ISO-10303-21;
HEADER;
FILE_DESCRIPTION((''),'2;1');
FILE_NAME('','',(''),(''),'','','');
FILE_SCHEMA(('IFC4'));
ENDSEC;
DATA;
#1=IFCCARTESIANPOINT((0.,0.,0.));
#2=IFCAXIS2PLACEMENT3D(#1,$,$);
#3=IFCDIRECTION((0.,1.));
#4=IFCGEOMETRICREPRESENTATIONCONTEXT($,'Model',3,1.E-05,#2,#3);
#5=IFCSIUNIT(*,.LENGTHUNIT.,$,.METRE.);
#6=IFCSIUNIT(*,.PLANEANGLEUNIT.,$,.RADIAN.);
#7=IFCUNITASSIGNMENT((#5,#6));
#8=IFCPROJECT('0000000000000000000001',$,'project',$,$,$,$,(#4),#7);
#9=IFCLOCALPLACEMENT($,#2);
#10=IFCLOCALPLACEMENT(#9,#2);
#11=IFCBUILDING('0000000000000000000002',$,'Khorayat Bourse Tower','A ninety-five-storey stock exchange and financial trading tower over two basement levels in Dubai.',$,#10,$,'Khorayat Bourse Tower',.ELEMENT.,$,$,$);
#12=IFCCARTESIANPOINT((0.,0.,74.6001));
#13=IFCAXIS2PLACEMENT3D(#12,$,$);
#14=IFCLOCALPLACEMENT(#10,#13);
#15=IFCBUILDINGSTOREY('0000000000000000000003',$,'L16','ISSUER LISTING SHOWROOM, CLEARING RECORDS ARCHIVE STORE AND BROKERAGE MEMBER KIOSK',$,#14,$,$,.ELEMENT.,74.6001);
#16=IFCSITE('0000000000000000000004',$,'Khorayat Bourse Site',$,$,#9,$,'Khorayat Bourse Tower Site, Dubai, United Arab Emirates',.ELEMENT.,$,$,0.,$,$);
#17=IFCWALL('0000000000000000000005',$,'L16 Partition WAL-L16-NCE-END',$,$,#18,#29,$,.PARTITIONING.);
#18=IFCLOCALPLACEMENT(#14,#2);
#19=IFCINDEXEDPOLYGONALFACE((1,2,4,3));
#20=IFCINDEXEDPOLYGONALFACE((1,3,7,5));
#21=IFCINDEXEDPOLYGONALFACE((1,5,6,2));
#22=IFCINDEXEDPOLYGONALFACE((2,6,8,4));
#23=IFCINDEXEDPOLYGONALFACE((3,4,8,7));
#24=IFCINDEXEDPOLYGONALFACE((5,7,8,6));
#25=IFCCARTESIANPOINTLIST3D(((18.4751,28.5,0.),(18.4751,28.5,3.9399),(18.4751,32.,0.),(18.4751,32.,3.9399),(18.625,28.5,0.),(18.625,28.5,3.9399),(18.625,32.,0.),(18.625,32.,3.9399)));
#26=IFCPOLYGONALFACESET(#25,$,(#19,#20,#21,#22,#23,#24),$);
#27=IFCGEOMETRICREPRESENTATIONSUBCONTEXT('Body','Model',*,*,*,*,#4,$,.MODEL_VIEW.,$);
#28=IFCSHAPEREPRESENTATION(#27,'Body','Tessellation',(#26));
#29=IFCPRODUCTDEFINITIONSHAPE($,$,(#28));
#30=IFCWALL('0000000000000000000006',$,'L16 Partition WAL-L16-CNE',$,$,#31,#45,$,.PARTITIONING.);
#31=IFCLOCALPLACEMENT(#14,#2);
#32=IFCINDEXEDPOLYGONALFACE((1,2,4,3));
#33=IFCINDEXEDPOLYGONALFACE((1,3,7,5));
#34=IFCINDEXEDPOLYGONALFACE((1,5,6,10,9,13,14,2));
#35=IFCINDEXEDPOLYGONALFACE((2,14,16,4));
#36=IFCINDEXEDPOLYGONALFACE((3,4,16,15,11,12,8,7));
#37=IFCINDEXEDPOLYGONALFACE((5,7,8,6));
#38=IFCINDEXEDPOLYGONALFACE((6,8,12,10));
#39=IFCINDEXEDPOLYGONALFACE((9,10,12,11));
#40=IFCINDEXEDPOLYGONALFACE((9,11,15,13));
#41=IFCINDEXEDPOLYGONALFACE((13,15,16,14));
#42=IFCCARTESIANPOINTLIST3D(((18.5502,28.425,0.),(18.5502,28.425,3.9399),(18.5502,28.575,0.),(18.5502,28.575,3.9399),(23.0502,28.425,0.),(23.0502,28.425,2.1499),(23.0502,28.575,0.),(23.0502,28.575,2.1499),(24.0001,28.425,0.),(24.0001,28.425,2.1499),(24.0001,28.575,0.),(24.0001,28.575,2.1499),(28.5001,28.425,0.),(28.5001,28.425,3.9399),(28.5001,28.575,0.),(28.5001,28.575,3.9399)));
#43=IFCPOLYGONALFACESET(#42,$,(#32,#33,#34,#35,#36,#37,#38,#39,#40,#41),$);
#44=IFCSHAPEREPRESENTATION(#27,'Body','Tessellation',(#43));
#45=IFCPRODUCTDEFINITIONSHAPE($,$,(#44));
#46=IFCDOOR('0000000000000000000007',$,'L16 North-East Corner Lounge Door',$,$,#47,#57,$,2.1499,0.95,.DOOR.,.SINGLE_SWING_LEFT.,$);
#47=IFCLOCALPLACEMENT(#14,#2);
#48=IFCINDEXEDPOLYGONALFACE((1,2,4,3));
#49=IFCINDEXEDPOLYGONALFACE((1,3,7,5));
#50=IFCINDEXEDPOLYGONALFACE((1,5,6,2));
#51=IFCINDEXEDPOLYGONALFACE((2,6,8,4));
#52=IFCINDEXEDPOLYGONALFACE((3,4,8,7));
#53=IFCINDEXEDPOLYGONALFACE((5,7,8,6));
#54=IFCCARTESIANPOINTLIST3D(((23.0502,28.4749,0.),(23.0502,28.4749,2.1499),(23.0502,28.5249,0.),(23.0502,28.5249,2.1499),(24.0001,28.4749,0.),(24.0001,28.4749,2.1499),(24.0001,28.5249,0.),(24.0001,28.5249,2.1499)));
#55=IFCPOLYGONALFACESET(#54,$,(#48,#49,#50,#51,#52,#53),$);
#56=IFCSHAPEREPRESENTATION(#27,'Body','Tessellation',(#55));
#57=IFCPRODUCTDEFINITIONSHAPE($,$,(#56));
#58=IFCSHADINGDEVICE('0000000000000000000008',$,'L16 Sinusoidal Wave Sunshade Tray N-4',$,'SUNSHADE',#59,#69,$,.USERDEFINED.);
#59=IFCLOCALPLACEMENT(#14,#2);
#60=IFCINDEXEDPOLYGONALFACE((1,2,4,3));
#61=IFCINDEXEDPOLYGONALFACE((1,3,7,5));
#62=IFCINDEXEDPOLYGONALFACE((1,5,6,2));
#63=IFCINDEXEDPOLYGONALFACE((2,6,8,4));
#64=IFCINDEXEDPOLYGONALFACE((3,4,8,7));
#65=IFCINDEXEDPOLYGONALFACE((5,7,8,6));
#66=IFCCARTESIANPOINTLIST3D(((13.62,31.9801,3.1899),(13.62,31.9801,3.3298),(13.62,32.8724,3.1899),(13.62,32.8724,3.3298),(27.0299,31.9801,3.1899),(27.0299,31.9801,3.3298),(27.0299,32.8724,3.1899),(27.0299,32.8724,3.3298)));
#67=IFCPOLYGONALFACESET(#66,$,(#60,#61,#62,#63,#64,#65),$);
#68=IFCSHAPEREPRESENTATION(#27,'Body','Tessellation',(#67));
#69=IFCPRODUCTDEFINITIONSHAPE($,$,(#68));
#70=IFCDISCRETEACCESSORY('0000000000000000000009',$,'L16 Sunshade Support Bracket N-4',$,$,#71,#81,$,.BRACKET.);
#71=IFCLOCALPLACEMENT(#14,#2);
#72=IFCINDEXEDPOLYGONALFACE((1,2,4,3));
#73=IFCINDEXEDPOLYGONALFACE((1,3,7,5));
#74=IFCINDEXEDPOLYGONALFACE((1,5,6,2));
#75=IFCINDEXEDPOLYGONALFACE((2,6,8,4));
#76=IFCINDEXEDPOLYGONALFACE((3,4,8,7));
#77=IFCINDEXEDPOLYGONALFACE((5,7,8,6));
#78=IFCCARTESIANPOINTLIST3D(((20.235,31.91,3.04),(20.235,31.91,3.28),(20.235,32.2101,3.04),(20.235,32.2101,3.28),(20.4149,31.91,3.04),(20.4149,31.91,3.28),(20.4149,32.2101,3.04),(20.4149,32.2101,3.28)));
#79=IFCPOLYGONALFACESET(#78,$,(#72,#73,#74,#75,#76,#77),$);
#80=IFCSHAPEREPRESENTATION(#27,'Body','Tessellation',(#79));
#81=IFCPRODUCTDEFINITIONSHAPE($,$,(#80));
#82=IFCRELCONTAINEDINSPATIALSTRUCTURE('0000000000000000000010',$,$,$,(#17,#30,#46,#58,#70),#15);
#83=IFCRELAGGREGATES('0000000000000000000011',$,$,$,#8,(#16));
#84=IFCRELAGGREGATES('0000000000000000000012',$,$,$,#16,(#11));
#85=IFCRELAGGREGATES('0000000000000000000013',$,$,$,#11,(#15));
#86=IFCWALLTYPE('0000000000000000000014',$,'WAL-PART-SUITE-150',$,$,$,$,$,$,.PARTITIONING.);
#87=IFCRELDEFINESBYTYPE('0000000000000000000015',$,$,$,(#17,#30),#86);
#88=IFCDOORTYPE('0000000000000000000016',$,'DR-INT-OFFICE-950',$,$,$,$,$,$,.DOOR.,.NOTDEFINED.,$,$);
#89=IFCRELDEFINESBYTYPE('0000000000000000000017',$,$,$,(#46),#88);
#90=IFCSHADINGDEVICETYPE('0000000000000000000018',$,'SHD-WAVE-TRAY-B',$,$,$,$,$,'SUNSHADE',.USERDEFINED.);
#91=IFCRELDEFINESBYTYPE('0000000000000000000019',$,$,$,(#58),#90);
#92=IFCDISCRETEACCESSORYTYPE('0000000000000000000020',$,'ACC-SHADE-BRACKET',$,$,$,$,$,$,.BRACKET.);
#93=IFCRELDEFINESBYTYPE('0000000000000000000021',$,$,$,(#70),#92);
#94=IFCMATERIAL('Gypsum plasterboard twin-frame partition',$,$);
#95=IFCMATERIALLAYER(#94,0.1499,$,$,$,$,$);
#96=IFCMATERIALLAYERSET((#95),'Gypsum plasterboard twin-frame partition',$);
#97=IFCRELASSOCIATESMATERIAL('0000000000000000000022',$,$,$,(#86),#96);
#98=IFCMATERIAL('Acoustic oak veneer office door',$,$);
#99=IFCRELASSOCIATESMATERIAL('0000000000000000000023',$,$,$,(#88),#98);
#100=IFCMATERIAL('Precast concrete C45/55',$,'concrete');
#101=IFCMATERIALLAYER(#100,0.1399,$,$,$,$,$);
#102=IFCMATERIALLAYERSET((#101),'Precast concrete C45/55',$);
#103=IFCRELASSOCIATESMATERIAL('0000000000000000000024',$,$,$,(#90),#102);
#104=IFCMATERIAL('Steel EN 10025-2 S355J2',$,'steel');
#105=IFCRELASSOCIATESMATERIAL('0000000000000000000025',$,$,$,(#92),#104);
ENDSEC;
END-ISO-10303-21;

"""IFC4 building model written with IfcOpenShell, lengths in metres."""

from ifc_helpers import new_model, si_unit, direction, frame, frame_2d, origin, origin_2d, place, context, subcontext, project, spatial, rectangle, extrude, source, transform, mapped, material, layer, layer_set, type_object, element, fill, save


model = new_model("IFC4")

# Units and contexts
model_context = context("Model", 3, precision=1e-05, world=origin(), true_north=direction((0.0, 1.0)))
body_context = subcontext(model_context, "Body", "Model", "MODEL_VIEW")
ifc_project = project(units=[si_unit("LENGTHUNIT", "METRE"), si_unit("PLANEANGLEUNIT", "RADIAN")], contexts=[model_context])

# Site, building, storey
site_placement = place(None, origin())
site = spatial("IfcSite", under=ifc_project, at=site_placement, Name="Khorayat Bourse Site", LongName="Khorayat Bourse Tower Site, Dubai, United Arab Emirates", CompositionType="ELEMENT", RefElevation=0.0)
building_placement = place(site_placement, origin())
building = spatial("IfcBuilding", under=site, at=building_placement, Name="Khorayat Bourse Tower", Description="A ninety-five-storey stock exchange and financial trading tower over two basement levels in Dubai.", LongName="Khorayat Bourse Tower", CompositionType="ELEMENT")
storey_placement = place(building_placement, frame((0.0, 0.0, 74.6001)))
storey = spatial("IfcBuildingStorey", under=building, at=storey_placement, Name="L16", Description="ISSUER LISTING SHOWROOM, CLEARING RECORDS ARCHIVE STORE AND BROKERAGE MEMBER KIOSK", CompositionType="ELEMENT", Elevation=74.6001)

# Shared definitions
ifc_material_1 = material(Name="Steel EN 10025-2 S355J2", Category="steel")

# Shared definitions
ifc_material_2 = material(Name="Precast concrete C45/55", Category="concrete")

# Wall
ifc_material_3 = material(Name="Gypsum plasterboard twin-frame partition")
ifc_layer_1 = layer(ifc_material_3, 0.1499)
ifc_layer_set_1 = layer_set([ifc_layer_1], Name="Gypsum plasterboard twin-frame partition")
wall_type_1 = type_object("IfcWallType", Name="WAL-PART-SUITE-150", PredefinedType="PARTITIONING", material=ifc_layer_set_1)
shared_shape_1 = source(origin(), body_context, "Body", "SweptSolid", [
    extrude(rectangle(XDim=3.5, YDim=0.1499, at=frame_2d((1.75, 0.0))), origin(), (0.0, 0.0, 1.0), 3.9399),
])
wall_1_placement = place(storey_placement, frame((18.55, 28.5, 0.0), z_axis=(0.0, 0.0, 1.0), x_axis=(0.0, 1.0, 0.0)))
element("IfcWall", 1, at=wall_1_placement, inside=storey, type_object=wall_type_1, Name="L16 Partition WAL-L16-NCE-END", PredefinedType="PARTITIONING", context=body_context, shape_type="MappedRepresentation", body=[
    mapped(shared_shape_1, transform((0.0, 0.0, 0.0), scale=1.0)),
])

# Wall, opening, door
shared_shape_2 = source(origin(), body_context, "Body", "SweptSolid", [
    extrude(rectangle(XDim=9.95, YDim=0.1499, at=frame_2d((4.9751, 0.0))), origin(), (0.0, 0.0, 1.0), 3.9399),
])
wall_2_placement = place(storey_placement, frame((18.55, 28.5, 0.0), z_axis=(0.0, 0.0, 1.0), x_axis=(1.0, 0.0, 0.0)))
wall_2 = element("IfcWall", 2, at=wall_2_placement, inside=storey, type_object=wall_type_1, Name="L16 Partition WAL-L16-CNE", PredefinedType="PARTITIONING", context=body_context, shape_type="MappedRepresentation", body=[
    mapped(shared_shape_2, transform((0.0, 0.0, 0.0), scale=1.0)),
])
shared_shape_3 = source(origin(), body_context, "Body", "SweptSolid", [
    extrude(rectangle(XDim=0.95, YDim=2.1499, at=frame_2d((0.4751, 1.075))), frame((0.0, 0.085, 0.0), z_axis=(0.0, -1.0, 0.0), x_axis=(1.0, 0.0, 0.0)), (0.0, 0.0, 1.0), 0.1699),
])
opening_1_placement = place(wall_2_placement, frame((4.5, 0.0, 0.0)))
opening_1 = element("IfcOpeningElement", 3, at=opening_1_placement, cuts=wall_2, PredefinedType="OPENING", context=body_context, shape_type="MappedRepresentation", body=[
    mapped(shared_shape_3, transform((0.0, 0.0, 0.0), scale=1.0)),
])
ifc_material_4 = material(Name="Acoustic oak veneer office door")
door_type = type_object("IfcDoorType", Name="DR-INT-OFFICE-950", OperationType="NOTDEFINED", PredefinedType="DOOR", material=ifc_material_4)
shared_shape_4 = source(origin(), body_context, "Body", "SweptSolid", [
    extrude(rectangle(XDim=0.95, YDim=2.1499, at=frame_2d((0.4751, 1.075))), frame((0.0, 0.0249, 0.0), z_axis=(0.0, -1.0, 0.0), x_axis=(1.0, 0.0, 0.0)), (0.0, 0.0, 1.0), 0.05),
])
door_placement = place(opening_1_placement, origin())
door = element("IfcDoor", 4, at=door_placement, inside=storey, type_object=door_type, Name="L16 North-East Corner Lounge Door", OperationType="SINGLE_SWING_LEFT", OverallHeight=2.1499, OverallWidth=0.95, PredefinedType="DOOR", context=body_context, shape_type="MappedRepresentation", body=[
    mapped(shared_shape_4, transform((0.0, 0.0, 0.0), scale=1.0)),
])
fill(opening_1, door)

# Shading device
ifc_layer_2 = layer(ifc_material_2, 0.1399)
ifc_layer_set_2 = layer_set([ifc_layer_2], Name="Precast concrete C45/55")
shading_device_type = type_object("IfcShadingDeviceType", Name="SHD-WAVE-TRAY-B", ElementType="SUNSHADE", PredefinedType="USERDEFINED", material=ifc_layer_set_2)
shared_shape_5 = source(origin(), body_context, "Body", "SweptSolid", [
    extrude(rectangle(XDim=13.4099, YDim=0.8923, at=origin_2d()), origin(), (0.0, 0.0, 1.0), 0.1399),
])
shading_device_placement = place(storey_placement, frame((20.325, 32.4263, 3.1899), z_axis=(0.0, 0.0, 1.0), x_axis=(1.0, 0.0, 0.0)))
element("IfcShadingDevice", 5, at=shading_device_placement, inside=storey, type_object=shading_device_type, Name="L16 Sinusoidal Wave Sunshade Tray N-4", ObjectType="SUNSHADE", PredefinedType="USERDEFINED", context=body_context, shape_type="MappedRepresentation", body=[
    mapped(shared_shape_5, transform((0.0, 0.0, 0.0), scale=1.0)),
])

# Discrete accessory
discrete_accessory_type = type_object("IfcDiscreteAccessoryType", Name="ACC-SHADE-BRACKET", PredefinedType="BRACKET", material=ifc_material_1)
shared_shape_6 = source(origin(), body_context, "Body", "SweptSolid", [
    extrude(rectangle(XDim=0.1799, YDim=0.3, at=origin_2d()), origin(), (0.0, 0.0, 1.0), 0.24),
])
discrete_accessory_placement = place(storey_placement, frame((20.325, 32.0601, 3.04), z_axis=(0.0, 0.0, 1.0), x_axis=(1.0, 0.0, 0.0)))
element("IfcDiscreteAccessory", 6, at=discrete_accessory_placement, inside=storey, type_object=discrete_accessory_type, Name="L16 Sunshade Support Bracket N-4", PredefinedType="BRACKET", context=body_context, shape_type="MappedRepresentation", body=[
    mapped(shared_shape_6, transform((0.0, 0.0, 0.0), scale=1.0)),
])

save(model, "model.ifc")
